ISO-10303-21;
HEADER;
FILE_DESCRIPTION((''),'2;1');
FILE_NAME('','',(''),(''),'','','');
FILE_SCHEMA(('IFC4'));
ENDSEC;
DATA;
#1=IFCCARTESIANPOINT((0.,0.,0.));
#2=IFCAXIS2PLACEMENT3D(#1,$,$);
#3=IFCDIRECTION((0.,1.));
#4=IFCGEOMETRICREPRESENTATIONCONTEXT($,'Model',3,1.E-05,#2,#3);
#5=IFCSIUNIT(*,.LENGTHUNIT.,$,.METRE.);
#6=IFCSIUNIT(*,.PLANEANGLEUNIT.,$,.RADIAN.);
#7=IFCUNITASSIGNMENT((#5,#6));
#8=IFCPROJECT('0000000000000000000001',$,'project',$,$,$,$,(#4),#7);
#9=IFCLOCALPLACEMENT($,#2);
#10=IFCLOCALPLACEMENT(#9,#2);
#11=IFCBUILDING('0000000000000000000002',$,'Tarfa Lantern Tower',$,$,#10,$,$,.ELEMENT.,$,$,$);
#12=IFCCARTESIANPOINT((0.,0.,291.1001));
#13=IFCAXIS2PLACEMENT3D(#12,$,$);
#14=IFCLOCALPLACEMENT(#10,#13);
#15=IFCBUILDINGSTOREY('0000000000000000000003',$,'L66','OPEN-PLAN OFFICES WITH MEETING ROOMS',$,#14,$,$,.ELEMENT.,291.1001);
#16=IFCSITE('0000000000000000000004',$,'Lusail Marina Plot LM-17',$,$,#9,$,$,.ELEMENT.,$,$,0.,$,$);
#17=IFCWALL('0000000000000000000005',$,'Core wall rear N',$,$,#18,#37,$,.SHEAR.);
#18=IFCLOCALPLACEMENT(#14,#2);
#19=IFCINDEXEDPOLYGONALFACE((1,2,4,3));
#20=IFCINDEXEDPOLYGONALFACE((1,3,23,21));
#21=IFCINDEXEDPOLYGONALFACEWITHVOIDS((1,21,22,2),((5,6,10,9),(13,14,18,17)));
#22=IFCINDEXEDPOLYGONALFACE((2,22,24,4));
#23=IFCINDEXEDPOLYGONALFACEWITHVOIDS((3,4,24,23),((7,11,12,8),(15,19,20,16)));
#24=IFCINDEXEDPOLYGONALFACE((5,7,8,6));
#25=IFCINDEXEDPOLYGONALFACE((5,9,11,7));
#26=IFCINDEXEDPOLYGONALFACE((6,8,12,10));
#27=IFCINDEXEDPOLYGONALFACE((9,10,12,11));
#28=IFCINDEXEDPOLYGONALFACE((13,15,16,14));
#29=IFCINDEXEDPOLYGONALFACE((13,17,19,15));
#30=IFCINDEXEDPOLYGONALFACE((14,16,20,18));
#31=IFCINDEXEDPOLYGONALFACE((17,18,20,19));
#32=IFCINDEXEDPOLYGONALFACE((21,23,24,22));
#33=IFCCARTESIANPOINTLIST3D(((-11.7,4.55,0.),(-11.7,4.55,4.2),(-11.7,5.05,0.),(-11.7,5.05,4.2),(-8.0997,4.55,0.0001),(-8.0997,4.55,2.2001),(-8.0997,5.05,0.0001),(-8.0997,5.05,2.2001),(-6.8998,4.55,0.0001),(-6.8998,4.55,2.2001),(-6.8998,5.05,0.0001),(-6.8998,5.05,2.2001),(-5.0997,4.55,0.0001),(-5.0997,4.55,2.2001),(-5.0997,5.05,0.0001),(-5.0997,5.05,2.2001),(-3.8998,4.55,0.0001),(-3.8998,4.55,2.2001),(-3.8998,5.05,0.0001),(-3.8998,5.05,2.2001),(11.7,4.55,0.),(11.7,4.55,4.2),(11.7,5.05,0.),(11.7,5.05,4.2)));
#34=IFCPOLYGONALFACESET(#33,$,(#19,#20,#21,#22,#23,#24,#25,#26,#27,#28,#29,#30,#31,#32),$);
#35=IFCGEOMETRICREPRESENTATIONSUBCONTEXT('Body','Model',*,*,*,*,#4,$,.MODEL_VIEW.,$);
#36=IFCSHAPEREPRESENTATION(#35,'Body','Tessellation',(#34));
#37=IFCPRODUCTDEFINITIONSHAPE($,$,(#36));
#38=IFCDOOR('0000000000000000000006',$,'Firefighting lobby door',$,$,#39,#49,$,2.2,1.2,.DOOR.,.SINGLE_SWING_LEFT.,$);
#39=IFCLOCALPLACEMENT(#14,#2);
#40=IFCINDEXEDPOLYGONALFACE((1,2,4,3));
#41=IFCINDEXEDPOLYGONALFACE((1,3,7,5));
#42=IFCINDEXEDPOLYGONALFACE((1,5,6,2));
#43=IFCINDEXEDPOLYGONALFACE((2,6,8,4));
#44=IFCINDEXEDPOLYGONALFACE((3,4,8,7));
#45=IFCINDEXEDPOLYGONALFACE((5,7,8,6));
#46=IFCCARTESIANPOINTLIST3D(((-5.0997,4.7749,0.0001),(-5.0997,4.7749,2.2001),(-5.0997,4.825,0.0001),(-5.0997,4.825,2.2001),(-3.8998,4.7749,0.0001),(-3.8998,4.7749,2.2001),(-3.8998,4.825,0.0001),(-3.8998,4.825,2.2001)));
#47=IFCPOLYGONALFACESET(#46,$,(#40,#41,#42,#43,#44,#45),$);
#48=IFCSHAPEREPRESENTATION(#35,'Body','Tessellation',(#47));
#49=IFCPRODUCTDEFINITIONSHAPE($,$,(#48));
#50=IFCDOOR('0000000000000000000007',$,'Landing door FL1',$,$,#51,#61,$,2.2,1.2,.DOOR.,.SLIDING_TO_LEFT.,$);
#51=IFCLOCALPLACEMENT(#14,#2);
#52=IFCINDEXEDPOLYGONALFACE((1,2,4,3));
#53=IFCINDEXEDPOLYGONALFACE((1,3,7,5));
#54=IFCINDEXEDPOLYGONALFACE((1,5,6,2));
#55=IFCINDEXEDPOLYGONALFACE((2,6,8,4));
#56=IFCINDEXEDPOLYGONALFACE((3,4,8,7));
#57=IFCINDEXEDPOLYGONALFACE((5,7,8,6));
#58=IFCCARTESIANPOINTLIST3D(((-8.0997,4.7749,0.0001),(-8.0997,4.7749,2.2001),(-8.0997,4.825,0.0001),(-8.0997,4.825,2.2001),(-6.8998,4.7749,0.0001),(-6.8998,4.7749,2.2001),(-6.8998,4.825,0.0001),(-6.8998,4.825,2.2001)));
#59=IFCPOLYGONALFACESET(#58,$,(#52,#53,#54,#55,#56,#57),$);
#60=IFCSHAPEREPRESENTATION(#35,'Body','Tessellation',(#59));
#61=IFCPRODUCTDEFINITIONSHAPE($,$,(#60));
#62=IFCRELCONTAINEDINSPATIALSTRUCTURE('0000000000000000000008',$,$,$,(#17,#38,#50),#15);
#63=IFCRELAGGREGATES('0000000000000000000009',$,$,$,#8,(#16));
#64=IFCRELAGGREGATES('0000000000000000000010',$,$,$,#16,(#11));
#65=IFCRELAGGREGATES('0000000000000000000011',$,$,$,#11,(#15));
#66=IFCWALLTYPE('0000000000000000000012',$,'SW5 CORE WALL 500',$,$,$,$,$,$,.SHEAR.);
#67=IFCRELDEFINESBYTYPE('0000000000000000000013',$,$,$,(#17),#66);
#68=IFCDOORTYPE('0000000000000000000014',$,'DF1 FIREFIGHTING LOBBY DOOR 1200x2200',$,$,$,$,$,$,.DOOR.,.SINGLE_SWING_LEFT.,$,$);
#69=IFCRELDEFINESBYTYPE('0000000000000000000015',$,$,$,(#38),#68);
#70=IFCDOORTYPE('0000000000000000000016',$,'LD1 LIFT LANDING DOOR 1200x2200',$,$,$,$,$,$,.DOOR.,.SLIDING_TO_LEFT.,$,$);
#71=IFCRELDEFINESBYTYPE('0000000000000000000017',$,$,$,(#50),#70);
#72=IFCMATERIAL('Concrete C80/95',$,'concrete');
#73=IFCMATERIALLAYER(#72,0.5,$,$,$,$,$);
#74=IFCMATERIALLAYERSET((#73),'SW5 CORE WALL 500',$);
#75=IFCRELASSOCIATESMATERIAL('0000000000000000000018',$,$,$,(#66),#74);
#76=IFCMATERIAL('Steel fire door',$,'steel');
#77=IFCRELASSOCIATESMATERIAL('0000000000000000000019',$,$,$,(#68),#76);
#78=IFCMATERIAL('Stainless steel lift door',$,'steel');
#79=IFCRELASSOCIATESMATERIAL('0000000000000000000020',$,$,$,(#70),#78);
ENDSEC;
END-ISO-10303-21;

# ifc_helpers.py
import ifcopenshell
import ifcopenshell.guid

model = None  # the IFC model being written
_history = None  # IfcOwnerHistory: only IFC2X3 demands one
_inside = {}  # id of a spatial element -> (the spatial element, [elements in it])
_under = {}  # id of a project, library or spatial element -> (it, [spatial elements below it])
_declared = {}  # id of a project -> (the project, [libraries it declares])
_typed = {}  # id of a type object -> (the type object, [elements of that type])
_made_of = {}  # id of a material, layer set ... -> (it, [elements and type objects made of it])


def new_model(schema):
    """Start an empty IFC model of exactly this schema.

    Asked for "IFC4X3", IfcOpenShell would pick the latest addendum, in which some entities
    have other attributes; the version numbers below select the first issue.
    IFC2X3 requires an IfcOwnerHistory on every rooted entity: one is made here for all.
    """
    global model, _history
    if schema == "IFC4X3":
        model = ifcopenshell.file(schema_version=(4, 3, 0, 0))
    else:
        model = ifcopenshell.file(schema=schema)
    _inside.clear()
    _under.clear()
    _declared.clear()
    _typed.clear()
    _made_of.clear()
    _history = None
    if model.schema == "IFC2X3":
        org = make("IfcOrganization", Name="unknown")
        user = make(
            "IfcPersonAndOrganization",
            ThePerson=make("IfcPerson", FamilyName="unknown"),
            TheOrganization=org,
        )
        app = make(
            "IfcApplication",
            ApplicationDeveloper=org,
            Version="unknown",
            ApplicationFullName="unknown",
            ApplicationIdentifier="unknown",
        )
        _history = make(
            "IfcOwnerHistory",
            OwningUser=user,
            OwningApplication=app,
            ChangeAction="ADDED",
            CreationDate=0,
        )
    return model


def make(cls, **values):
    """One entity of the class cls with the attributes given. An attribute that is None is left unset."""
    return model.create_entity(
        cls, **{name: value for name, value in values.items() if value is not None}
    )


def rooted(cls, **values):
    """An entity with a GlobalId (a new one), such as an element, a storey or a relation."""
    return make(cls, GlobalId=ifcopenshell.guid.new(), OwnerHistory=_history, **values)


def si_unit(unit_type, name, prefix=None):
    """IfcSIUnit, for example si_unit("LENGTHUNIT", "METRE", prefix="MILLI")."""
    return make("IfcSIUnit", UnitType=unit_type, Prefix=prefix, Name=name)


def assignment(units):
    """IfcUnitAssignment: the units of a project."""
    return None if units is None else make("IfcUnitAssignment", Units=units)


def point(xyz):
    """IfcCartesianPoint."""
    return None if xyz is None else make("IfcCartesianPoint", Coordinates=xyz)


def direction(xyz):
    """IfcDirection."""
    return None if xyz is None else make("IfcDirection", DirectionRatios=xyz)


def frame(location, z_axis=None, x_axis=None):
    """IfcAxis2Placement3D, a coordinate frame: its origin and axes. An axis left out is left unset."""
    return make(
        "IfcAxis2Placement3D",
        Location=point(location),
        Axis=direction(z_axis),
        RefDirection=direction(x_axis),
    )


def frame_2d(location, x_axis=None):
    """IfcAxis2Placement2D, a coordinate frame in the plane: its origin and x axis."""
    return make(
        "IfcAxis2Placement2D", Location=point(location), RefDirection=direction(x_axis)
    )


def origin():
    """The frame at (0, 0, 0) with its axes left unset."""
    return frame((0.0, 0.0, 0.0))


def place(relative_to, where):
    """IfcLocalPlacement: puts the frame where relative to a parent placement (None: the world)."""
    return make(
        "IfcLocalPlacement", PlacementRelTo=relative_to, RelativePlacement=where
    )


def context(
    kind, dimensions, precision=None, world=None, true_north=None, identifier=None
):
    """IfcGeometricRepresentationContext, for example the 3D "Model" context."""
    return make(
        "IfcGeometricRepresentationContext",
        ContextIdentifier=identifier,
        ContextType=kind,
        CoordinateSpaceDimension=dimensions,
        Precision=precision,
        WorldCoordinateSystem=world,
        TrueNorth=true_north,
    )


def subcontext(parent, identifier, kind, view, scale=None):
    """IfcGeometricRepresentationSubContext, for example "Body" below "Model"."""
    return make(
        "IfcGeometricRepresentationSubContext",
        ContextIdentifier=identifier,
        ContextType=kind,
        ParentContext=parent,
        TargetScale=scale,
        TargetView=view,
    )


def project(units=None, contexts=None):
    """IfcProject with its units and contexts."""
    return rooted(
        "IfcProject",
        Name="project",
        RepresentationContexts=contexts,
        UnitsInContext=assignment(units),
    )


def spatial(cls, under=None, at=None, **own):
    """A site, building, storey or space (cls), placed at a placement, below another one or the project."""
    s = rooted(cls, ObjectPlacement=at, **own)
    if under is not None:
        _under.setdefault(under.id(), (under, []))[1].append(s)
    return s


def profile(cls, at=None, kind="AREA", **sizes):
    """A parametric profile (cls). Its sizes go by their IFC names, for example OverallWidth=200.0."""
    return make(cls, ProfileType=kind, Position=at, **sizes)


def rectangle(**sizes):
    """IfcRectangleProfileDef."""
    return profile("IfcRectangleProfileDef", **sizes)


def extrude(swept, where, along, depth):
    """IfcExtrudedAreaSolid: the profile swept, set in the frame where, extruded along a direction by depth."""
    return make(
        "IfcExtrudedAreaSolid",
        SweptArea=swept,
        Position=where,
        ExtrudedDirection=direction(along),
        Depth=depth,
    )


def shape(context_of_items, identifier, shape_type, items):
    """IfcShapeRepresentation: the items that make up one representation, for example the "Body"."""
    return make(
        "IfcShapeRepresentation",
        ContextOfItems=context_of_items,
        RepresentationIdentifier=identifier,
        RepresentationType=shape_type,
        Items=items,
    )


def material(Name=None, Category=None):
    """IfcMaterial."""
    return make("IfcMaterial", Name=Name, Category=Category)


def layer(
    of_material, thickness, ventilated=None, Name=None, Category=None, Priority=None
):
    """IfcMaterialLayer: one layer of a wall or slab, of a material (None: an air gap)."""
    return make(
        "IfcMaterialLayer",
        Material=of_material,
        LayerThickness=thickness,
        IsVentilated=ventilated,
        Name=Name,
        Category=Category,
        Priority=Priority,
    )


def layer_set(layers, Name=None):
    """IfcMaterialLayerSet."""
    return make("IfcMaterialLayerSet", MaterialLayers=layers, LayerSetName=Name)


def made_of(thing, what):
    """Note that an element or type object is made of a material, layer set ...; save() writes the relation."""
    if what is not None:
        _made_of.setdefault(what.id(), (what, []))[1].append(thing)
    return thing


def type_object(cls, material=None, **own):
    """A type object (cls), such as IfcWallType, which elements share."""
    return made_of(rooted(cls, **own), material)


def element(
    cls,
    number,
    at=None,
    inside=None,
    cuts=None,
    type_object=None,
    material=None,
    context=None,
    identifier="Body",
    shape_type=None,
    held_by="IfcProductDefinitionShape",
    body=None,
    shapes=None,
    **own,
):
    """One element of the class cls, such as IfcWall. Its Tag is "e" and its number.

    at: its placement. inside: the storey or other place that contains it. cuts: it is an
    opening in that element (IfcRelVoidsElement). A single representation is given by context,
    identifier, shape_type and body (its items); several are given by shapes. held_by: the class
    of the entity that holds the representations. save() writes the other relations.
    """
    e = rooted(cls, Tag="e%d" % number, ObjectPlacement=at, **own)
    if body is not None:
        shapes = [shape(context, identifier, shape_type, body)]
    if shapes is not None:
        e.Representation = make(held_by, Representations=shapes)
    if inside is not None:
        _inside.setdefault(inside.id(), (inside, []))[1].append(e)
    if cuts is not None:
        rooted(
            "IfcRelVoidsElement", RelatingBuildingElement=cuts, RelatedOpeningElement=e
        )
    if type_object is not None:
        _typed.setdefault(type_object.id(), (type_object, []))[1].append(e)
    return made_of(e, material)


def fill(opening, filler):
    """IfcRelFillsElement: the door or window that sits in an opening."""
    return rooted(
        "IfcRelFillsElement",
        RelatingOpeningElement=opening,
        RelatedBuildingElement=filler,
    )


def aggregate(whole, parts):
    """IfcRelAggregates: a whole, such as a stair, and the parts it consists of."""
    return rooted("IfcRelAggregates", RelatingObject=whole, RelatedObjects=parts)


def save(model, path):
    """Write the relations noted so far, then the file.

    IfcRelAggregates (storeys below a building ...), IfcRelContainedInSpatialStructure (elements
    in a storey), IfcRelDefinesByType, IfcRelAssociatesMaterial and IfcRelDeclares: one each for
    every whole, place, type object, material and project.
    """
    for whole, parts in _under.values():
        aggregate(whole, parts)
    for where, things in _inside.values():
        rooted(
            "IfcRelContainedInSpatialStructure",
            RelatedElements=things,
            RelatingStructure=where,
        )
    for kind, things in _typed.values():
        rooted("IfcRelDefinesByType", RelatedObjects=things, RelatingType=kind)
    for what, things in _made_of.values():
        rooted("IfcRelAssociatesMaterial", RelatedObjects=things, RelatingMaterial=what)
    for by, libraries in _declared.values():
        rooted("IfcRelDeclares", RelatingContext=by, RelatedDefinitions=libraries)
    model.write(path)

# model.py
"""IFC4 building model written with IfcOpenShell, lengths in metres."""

from ifc_helpers import new_model, si_unit, direction, frame, frame_2d, origin, place, context, subcontext, project, spatial, rectangle, extrude, material, layer, layer_set, type_object, element, fill, save


model = new_model("IFC4")

# Units and contexts
model_context = context("Model", 3, precision=1e-05, world=origin(), true_north=direction((0.0, 1.0)))
body_context = subcontext(model_context, "Body", "Model", "MODEL_VIEW")
ifc_project = project(units=[si_unit("LENGTHUNIT", "METRE"), si_unit("PLANEANGLEUNIT", "RADIAN")], contexts=[model_context])

# Site, building, storey
site_placement = place(None, origin())
site = spatial("IfcSite", under=ifc_project, at=site_placement, Name="Lusail Marina Plot LM-17", CompositionType="ELEMENT", RefElevation=0.0)
building_placement = place(site_placement, origin())
building = spatial("IfcBuilding", under=site, at=building_placement, Name="Tarfa Lantern Tower", CompositionType="ELEMENT")
storey_placement = place(building_placement, frame((0.0, 0.0, 291.1001)))
storey = spatial("IfcBuildingStorey", under=building, at=storey_placement, Name="L66", Description="OPEN-PLAN OFFICES WITH MEETING ROOMS", CompositionType="ELEMENT", Elevation=291.1001)

# Shared definitions
ifc_material_1 = material(Name="Concrete C80/95", Category="concrete")
ifc_material_2 = material(Name="Steel fire door", Category="steel")
ifc_layer_1 = layer(ifc_material_1, 0.5)
ifc_layer_set_1 = layer_set([ifc_layer_1], Name="SW5 CORE WALL 500")
wall_type_1 = type_object("IfcWallType", Name="SW5 CORE WALL 500", PredefinedType="SHEAR", material=ifc_layer_set_1)

# Wall, openings, doors
wall_1_placement = place(storey_placement, frame((-11.7, 4.8, 0.0), z_axis=(0.0, 0.0, 1.0), x_axis=(1.0, 0.0, 0.0)))
wall_1 = element("IfcWall", 1, at=wall_1_placement, inside=storey, type_object=wall_type_1, Name="Core wall rear N", PredefinedType="SHEAR", context=body_context, shape_type="SweptSolid", body=[
    extrude(rectangle(XDim=23.3999, YDim=0.5, at=frame_2d((11.7, 0.0))), origin(), (0.0, 0.0, 1.0), 4.2),
])
opening_1_placement = place(wall_1_placement, frame((6.6001, 0.0, 0.0)))
opening_1 = element("IfcOpeningElement", 2, at=opening_1_placement, cuts=wall_1, PredefinedType="OPENING", context=body_context, shape_type="SweptSolid", body=[
    extrude(rectangle(XDim=1.2, YDim=2.2, at=frame_2d((0.6001, 1.1001))), frame((0.0, 0.26, 0.0), z_axis=(0.0, -1.0, 0.0), x_axis=(1.0, 0.0, 0.0)), (0.0, 0.0, 1.0), 0.52),
])
opening_2_placement = place(wall_1_placement, frame((3.6001, 0.0, 0.0)))
opening_2 = element("IfcOpeningElement", 3, at=opening_2_placement, cuts=wall_1, PredefinedType="OPENING", context=body_context, shape_type="SweptSolid", body=[
    extrude(rectangle(XDim=1.2, YDim=2.2, at=frame_2d((0.6001, 1.1001))), frame((0.0, 0.26, 0.0), z_axis=(0.0, -1.0, 0.0), x_axis=(1.0, 0.0, 0.0)), (0.0, 0.0, 1.0), 0.52),
])
door_type_1 = type_object("IfcDoorType", Name="DF1 FIREFIGHTING LOBBY DOOR 1200x2200", OperationType="SINGLE_SWING_LEFT", PredefinedType="DOOR", material=ifc_material_2)
door_1_placement = place(opening_1_placement, origin())
door_1 = element("IfcDoor", 4, at=door_1_placement, inside=storey, type_object=door_type_1, Name="Firefighting lobby door", OperationType="SINGLE_SWING_LEFT", OverallHeight=2.2, OverallWidth=1.2, PredefinedType="DOOR", context=body_context, shape_type="SweptSolid", body=[
    extrude(rectangle(XDim=1.2, YDim=2.2, at=frame_2d((0.6001, 1.1001))), frame((0.0, 0.0249, 0.0), z_axis=(0.0, -1.0, 0.0), x_axis=(1.0, 0.0, 0.0)), (0.0, 0.0, 1.0), 0.05),
])
fill(opening_1, door_1)
ifc_material_3 = material(Name="Stainless steel lift door", Category="steel")
door_type_2 = type_object("IfcDoorType", Name="LD1 LIFT LANDING DOOR 1200x2200", OperationType="SLIDING_TO_LEFT", PredefinedType="DOOR", material=ifc_material_3)
door_2_placement = place(opening_2_placement, origin())
door_2 = element("IfcDoor", 5, at=door_2_placement, inside=storey, type_object=door_type_2, Name="Landing door FL1", OperationType="SLIDING_TO_LEFT", OverallHeight=2.2, OverallWidth=1.2, PredefinedType="DOOR", context=body_context, shape_type="SweptSolid", body=[
    extrude(rectangle(XDim=1.2, YDim=2.2, at=frame_2d((0.6001, 1.1001))), frame((0.0, 0.0249, 0.0), z_axis=(0.0, -1.0, 0.0), x_axis=(1.0, 0.0, 0.0)), (0.0, 0.0, 1.0), 0.05),
])
fill(opening_2, door_2)

save(model, "model.ifc")
